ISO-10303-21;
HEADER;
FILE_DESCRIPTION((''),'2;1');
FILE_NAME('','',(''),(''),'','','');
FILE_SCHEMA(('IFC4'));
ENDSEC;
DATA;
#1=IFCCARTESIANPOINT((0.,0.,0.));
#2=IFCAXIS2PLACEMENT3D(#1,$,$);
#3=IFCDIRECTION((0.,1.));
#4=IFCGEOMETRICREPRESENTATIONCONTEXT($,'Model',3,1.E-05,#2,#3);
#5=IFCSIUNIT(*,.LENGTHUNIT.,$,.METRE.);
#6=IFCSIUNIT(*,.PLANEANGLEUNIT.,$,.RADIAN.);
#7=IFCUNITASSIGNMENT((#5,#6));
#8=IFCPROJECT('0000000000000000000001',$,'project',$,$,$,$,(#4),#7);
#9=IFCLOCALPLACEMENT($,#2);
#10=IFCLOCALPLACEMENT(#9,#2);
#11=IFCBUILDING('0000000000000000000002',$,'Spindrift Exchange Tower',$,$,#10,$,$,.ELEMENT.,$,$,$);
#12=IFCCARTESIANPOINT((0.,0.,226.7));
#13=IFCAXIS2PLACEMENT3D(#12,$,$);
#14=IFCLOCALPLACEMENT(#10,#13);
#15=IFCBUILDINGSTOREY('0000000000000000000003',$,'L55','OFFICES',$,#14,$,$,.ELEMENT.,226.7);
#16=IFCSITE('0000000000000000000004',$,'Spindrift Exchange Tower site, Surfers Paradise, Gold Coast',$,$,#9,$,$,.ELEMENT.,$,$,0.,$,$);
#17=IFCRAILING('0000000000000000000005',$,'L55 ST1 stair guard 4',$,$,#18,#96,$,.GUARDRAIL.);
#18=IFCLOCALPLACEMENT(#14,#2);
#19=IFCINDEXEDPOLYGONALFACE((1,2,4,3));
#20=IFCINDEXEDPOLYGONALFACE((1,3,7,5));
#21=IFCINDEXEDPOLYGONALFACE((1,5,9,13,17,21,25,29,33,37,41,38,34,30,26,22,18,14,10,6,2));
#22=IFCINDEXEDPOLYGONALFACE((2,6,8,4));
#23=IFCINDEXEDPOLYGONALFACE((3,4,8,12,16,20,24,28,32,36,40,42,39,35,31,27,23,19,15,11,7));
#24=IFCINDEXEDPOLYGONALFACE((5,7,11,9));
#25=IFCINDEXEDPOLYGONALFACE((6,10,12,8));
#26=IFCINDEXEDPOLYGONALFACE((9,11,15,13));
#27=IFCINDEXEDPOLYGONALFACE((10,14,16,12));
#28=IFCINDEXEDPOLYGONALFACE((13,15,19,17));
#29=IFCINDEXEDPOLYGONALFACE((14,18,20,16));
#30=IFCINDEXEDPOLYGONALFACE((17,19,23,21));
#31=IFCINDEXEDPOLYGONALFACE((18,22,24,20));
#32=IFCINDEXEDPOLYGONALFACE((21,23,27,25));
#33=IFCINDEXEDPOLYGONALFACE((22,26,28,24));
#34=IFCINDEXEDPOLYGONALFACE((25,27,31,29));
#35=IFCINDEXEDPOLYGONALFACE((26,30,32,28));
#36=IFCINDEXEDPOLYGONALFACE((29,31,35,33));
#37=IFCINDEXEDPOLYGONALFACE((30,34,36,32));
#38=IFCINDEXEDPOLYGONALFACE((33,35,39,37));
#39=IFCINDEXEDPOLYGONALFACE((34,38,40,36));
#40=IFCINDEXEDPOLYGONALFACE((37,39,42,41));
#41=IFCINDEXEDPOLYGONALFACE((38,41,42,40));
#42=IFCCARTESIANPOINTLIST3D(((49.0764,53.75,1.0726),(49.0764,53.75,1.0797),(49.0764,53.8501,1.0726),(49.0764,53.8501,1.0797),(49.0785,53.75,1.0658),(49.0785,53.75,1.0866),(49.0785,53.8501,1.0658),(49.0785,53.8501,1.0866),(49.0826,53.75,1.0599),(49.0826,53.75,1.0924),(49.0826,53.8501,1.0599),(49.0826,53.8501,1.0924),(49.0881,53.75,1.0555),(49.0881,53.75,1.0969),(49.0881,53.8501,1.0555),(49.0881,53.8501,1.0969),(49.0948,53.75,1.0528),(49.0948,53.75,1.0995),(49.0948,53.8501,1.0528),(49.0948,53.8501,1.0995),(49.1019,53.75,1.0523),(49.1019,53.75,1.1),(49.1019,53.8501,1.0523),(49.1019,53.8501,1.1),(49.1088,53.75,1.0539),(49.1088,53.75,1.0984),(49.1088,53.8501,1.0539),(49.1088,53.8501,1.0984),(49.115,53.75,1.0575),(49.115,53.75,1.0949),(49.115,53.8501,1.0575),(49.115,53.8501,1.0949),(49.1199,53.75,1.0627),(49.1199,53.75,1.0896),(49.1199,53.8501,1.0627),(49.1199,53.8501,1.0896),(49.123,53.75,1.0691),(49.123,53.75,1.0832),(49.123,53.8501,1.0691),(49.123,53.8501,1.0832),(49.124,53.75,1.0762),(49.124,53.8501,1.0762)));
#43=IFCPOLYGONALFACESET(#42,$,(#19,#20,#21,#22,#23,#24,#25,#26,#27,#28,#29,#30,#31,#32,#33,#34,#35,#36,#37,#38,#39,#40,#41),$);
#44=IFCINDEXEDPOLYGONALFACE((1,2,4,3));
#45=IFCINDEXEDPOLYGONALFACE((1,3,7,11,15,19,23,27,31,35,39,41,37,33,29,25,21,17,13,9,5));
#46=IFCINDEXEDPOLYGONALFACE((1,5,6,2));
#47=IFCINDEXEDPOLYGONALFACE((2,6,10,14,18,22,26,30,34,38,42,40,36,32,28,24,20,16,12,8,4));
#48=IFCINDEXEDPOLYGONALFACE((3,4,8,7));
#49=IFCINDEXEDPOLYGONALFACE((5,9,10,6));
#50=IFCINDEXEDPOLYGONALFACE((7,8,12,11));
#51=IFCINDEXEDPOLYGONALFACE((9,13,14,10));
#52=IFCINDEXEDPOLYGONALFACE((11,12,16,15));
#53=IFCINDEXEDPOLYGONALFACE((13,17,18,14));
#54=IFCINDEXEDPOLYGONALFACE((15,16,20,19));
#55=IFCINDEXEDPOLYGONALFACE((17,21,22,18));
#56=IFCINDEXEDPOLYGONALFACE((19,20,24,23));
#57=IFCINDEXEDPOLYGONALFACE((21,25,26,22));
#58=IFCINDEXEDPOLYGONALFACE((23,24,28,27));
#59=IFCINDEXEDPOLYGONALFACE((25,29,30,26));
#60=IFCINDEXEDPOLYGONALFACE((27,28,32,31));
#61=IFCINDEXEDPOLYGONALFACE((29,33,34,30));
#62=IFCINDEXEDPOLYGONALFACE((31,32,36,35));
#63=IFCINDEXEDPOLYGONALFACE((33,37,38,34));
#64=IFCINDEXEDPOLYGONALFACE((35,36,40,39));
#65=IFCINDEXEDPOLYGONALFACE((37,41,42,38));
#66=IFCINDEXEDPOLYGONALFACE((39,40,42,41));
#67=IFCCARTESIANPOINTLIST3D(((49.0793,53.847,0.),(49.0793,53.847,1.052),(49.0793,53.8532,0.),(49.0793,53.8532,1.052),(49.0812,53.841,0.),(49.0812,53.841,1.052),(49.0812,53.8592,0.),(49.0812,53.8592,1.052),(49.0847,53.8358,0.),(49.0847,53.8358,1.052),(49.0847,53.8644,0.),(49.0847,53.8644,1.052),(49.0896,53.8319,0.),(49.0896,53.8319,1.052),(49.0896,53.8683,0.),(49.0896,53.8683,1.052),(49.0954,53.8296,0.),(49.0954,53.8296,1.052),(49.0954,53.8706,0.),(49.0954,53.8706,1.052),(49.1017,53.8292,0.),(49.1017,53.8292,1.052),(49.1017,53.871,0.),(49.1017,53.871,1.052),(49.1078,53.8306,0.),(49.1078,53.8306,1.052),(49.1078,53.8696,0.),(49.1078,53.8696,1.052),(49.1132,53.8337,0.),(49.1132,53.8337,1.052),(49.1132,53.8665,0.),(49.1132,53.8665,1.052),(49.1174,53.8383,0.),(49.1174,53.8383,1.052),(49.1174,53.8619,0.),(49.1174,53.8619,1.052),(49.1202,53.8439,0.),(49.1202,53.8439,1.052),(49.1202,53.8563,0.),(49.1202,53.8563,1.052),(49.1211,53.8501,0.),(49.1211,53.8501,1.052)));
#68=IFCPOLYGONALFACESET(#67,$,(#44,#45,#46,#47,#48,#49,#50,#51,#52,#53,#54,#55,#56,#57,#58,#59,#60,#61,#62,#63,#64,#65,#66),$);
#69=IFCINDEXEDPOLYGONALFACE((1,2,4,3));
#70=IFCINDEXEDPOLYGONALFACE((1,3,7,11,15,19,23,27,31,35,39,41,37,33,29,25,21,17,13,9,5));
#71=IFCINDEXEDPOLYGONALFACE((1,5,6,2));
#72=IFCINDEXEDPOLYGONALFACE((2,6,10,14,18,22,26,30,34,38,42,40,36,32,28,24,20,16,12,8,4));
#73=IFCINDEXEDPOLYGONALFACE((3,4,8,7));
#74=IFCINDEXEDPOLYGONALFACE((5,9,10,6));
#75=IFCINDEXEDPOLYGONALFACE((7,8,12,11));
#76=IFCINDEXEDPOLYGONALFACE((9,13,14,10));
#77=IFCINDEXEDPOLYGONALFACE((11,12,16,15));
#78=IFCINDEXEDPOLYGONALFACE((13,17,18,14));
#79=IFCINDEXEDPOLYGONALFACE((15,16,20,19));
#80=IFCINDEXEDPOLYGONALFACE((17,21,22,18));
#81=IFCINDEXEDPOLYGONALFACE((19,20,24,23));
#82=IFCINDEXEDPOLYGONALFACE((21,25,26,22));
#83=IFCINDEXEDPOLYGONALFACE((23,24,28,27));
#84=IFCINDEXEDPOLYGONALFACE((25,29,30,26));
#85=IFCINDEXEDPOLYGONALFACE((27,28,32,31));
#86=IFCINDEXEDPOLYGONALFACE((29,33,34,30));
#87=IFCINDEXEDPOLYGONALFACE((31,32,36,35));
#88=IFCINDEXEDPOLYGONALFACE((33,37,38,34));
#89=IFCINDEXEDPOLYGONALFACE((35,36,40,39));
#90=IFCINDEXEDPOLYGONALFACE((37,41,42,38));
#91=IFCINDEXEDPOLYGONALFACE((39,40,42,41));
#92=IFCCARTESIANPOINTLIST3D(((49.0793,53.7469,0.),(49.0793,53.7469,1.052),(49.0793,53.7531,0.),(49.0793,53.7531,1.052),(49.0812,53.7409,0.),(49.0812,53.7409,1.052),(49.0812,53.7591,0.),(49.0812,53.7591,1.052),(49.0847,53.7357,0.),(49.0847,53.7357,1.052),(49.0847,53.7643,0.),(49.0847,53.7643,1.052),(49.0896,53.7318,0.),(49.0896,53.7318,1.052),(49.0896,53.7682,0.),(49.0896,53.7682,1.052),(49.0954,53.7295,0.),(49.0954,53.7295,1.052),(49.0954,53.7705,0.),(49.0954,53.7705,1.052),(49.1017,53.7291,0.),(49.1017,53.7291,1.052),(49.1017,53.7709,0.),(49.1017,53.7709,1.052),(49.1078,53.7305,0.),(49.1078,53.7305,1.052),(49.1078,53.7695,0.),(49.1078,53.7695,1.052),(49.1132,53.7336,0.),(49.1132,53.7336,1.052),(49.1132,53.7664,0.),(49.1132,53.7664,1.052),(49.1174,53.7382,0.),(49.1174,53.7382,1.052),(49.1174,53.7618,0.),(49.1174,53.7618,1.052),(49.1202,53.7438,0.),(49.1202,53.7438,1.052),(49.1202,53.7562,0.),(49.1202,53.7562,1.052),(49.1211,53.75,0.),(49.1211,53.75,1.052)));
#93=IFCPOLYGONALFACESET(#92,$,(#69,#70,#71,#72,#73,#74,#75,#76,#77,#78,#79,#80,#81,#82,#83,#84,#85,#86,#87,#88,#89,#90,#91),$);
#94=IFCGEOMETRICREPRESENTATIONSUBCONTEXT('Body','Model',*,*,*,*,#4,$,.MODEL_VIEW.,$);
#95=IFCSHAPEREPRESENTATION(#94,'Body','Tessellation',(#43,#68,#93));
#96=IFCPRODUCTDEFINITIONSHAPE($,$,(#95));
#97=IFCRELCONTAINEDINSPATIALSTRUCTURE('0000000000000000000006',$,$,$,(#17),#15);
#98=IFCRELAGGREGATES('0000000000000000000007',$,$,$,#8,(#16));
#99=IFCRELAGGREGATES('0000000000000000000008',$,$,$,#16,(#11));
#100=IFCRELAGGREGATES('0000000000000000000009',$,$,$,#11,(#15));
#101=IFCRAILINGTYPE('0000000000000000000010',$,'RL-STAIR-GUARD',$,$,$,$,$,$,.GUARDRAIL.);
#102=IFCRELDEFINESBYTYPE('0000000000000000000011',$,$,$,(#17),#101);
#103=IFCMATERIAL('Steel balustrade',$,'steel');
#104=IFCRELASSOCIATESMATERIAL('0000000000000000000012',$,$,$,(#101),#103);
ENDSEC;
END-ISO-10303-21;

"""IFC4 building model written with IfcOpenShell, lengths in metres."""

from ifc_helpers import new_model, si_unit, direction, frame, origin, origin_2d, place, context, subcontext, project, spatial, circle, extrude, material, type_object, element, save


model = new_model("IFC4")

# Units and contexts
model_context = context("Model", 3, precision=1e-05, world=origin(), true_north=direction((0.0, 1.0)))
body_context = subcontext(model_context, "Body", "Model", "MODEL_VIEW")
ifc_project = project(units=[si_unit("LENGTHUNIT", "METRE"), si_unit("PLANEANGLEUNIT", "RADIAN")], contexts=[model_context])

# Site, building, storey
site_placement = place(None, origin())
site = spatial("IfcSite", under=ifc_project, at=site_placement, Name="Spindrift Exchange Tower site, Surfers Paradise, Gold Coast", CompositionType="ELEMENT", RefElevation=0.0)
building_placement = place(site_placement, origin())
building = spatial("IfcBuilding", under=site, at=building_placement, Name="Spindrift Exchange Tower", CompositionType="ELEMENT")
storey_placement = place(building_placement, frame((0.0, 0.0, 226.7)))
storey = spatial("IfcBuildingStorey", under=building, at=storey_placement, Name="L55", Description="OFFICES", CompositionType="ELEMENT", Elevation=226.7)

# Railing
ifc_material_1 = material(Name="Steel balustrade", Category="steel")
railing_type_1 = type_object("IfcRailingType", Name="RL-STAIR-GUARD", PredefinedType="GUARDRAIL", material=ifc_material_1)
railing_1_placement = place(storey_placement, frame((49.1001, 53.8501, 0.0)))
element("IfcRailing", 1, at=railing_1_placement, inside=storey, type_object=railing_type_1, Name="L55 ST1 stair guard 4", PredefinedType="GUARDRAIL", context=body_context, shape_type="SweptSolid", body=[
    extrude(circle(Radius=0.0239, at=origin_2d()), frame((0.0, 0.0, 1.0762), z_axis=(0.0, -1.0, 0.0), x_axis=(1.0, 0.0, 0.0)), (0.0, 0.0, 1.0), 0.1001),
    extrude(circle(Radius=0.021, at=origin_2d()), origin(), (0.0, 0.0, 1.0), 1.052),
    extrude(circle(Radius=0.021, at=origin_2d()), frame((0.0, -0.1001, 0.0)), (0.0, 0.0, 1.0), 1.052),
])

save(model, "model.ifc")
